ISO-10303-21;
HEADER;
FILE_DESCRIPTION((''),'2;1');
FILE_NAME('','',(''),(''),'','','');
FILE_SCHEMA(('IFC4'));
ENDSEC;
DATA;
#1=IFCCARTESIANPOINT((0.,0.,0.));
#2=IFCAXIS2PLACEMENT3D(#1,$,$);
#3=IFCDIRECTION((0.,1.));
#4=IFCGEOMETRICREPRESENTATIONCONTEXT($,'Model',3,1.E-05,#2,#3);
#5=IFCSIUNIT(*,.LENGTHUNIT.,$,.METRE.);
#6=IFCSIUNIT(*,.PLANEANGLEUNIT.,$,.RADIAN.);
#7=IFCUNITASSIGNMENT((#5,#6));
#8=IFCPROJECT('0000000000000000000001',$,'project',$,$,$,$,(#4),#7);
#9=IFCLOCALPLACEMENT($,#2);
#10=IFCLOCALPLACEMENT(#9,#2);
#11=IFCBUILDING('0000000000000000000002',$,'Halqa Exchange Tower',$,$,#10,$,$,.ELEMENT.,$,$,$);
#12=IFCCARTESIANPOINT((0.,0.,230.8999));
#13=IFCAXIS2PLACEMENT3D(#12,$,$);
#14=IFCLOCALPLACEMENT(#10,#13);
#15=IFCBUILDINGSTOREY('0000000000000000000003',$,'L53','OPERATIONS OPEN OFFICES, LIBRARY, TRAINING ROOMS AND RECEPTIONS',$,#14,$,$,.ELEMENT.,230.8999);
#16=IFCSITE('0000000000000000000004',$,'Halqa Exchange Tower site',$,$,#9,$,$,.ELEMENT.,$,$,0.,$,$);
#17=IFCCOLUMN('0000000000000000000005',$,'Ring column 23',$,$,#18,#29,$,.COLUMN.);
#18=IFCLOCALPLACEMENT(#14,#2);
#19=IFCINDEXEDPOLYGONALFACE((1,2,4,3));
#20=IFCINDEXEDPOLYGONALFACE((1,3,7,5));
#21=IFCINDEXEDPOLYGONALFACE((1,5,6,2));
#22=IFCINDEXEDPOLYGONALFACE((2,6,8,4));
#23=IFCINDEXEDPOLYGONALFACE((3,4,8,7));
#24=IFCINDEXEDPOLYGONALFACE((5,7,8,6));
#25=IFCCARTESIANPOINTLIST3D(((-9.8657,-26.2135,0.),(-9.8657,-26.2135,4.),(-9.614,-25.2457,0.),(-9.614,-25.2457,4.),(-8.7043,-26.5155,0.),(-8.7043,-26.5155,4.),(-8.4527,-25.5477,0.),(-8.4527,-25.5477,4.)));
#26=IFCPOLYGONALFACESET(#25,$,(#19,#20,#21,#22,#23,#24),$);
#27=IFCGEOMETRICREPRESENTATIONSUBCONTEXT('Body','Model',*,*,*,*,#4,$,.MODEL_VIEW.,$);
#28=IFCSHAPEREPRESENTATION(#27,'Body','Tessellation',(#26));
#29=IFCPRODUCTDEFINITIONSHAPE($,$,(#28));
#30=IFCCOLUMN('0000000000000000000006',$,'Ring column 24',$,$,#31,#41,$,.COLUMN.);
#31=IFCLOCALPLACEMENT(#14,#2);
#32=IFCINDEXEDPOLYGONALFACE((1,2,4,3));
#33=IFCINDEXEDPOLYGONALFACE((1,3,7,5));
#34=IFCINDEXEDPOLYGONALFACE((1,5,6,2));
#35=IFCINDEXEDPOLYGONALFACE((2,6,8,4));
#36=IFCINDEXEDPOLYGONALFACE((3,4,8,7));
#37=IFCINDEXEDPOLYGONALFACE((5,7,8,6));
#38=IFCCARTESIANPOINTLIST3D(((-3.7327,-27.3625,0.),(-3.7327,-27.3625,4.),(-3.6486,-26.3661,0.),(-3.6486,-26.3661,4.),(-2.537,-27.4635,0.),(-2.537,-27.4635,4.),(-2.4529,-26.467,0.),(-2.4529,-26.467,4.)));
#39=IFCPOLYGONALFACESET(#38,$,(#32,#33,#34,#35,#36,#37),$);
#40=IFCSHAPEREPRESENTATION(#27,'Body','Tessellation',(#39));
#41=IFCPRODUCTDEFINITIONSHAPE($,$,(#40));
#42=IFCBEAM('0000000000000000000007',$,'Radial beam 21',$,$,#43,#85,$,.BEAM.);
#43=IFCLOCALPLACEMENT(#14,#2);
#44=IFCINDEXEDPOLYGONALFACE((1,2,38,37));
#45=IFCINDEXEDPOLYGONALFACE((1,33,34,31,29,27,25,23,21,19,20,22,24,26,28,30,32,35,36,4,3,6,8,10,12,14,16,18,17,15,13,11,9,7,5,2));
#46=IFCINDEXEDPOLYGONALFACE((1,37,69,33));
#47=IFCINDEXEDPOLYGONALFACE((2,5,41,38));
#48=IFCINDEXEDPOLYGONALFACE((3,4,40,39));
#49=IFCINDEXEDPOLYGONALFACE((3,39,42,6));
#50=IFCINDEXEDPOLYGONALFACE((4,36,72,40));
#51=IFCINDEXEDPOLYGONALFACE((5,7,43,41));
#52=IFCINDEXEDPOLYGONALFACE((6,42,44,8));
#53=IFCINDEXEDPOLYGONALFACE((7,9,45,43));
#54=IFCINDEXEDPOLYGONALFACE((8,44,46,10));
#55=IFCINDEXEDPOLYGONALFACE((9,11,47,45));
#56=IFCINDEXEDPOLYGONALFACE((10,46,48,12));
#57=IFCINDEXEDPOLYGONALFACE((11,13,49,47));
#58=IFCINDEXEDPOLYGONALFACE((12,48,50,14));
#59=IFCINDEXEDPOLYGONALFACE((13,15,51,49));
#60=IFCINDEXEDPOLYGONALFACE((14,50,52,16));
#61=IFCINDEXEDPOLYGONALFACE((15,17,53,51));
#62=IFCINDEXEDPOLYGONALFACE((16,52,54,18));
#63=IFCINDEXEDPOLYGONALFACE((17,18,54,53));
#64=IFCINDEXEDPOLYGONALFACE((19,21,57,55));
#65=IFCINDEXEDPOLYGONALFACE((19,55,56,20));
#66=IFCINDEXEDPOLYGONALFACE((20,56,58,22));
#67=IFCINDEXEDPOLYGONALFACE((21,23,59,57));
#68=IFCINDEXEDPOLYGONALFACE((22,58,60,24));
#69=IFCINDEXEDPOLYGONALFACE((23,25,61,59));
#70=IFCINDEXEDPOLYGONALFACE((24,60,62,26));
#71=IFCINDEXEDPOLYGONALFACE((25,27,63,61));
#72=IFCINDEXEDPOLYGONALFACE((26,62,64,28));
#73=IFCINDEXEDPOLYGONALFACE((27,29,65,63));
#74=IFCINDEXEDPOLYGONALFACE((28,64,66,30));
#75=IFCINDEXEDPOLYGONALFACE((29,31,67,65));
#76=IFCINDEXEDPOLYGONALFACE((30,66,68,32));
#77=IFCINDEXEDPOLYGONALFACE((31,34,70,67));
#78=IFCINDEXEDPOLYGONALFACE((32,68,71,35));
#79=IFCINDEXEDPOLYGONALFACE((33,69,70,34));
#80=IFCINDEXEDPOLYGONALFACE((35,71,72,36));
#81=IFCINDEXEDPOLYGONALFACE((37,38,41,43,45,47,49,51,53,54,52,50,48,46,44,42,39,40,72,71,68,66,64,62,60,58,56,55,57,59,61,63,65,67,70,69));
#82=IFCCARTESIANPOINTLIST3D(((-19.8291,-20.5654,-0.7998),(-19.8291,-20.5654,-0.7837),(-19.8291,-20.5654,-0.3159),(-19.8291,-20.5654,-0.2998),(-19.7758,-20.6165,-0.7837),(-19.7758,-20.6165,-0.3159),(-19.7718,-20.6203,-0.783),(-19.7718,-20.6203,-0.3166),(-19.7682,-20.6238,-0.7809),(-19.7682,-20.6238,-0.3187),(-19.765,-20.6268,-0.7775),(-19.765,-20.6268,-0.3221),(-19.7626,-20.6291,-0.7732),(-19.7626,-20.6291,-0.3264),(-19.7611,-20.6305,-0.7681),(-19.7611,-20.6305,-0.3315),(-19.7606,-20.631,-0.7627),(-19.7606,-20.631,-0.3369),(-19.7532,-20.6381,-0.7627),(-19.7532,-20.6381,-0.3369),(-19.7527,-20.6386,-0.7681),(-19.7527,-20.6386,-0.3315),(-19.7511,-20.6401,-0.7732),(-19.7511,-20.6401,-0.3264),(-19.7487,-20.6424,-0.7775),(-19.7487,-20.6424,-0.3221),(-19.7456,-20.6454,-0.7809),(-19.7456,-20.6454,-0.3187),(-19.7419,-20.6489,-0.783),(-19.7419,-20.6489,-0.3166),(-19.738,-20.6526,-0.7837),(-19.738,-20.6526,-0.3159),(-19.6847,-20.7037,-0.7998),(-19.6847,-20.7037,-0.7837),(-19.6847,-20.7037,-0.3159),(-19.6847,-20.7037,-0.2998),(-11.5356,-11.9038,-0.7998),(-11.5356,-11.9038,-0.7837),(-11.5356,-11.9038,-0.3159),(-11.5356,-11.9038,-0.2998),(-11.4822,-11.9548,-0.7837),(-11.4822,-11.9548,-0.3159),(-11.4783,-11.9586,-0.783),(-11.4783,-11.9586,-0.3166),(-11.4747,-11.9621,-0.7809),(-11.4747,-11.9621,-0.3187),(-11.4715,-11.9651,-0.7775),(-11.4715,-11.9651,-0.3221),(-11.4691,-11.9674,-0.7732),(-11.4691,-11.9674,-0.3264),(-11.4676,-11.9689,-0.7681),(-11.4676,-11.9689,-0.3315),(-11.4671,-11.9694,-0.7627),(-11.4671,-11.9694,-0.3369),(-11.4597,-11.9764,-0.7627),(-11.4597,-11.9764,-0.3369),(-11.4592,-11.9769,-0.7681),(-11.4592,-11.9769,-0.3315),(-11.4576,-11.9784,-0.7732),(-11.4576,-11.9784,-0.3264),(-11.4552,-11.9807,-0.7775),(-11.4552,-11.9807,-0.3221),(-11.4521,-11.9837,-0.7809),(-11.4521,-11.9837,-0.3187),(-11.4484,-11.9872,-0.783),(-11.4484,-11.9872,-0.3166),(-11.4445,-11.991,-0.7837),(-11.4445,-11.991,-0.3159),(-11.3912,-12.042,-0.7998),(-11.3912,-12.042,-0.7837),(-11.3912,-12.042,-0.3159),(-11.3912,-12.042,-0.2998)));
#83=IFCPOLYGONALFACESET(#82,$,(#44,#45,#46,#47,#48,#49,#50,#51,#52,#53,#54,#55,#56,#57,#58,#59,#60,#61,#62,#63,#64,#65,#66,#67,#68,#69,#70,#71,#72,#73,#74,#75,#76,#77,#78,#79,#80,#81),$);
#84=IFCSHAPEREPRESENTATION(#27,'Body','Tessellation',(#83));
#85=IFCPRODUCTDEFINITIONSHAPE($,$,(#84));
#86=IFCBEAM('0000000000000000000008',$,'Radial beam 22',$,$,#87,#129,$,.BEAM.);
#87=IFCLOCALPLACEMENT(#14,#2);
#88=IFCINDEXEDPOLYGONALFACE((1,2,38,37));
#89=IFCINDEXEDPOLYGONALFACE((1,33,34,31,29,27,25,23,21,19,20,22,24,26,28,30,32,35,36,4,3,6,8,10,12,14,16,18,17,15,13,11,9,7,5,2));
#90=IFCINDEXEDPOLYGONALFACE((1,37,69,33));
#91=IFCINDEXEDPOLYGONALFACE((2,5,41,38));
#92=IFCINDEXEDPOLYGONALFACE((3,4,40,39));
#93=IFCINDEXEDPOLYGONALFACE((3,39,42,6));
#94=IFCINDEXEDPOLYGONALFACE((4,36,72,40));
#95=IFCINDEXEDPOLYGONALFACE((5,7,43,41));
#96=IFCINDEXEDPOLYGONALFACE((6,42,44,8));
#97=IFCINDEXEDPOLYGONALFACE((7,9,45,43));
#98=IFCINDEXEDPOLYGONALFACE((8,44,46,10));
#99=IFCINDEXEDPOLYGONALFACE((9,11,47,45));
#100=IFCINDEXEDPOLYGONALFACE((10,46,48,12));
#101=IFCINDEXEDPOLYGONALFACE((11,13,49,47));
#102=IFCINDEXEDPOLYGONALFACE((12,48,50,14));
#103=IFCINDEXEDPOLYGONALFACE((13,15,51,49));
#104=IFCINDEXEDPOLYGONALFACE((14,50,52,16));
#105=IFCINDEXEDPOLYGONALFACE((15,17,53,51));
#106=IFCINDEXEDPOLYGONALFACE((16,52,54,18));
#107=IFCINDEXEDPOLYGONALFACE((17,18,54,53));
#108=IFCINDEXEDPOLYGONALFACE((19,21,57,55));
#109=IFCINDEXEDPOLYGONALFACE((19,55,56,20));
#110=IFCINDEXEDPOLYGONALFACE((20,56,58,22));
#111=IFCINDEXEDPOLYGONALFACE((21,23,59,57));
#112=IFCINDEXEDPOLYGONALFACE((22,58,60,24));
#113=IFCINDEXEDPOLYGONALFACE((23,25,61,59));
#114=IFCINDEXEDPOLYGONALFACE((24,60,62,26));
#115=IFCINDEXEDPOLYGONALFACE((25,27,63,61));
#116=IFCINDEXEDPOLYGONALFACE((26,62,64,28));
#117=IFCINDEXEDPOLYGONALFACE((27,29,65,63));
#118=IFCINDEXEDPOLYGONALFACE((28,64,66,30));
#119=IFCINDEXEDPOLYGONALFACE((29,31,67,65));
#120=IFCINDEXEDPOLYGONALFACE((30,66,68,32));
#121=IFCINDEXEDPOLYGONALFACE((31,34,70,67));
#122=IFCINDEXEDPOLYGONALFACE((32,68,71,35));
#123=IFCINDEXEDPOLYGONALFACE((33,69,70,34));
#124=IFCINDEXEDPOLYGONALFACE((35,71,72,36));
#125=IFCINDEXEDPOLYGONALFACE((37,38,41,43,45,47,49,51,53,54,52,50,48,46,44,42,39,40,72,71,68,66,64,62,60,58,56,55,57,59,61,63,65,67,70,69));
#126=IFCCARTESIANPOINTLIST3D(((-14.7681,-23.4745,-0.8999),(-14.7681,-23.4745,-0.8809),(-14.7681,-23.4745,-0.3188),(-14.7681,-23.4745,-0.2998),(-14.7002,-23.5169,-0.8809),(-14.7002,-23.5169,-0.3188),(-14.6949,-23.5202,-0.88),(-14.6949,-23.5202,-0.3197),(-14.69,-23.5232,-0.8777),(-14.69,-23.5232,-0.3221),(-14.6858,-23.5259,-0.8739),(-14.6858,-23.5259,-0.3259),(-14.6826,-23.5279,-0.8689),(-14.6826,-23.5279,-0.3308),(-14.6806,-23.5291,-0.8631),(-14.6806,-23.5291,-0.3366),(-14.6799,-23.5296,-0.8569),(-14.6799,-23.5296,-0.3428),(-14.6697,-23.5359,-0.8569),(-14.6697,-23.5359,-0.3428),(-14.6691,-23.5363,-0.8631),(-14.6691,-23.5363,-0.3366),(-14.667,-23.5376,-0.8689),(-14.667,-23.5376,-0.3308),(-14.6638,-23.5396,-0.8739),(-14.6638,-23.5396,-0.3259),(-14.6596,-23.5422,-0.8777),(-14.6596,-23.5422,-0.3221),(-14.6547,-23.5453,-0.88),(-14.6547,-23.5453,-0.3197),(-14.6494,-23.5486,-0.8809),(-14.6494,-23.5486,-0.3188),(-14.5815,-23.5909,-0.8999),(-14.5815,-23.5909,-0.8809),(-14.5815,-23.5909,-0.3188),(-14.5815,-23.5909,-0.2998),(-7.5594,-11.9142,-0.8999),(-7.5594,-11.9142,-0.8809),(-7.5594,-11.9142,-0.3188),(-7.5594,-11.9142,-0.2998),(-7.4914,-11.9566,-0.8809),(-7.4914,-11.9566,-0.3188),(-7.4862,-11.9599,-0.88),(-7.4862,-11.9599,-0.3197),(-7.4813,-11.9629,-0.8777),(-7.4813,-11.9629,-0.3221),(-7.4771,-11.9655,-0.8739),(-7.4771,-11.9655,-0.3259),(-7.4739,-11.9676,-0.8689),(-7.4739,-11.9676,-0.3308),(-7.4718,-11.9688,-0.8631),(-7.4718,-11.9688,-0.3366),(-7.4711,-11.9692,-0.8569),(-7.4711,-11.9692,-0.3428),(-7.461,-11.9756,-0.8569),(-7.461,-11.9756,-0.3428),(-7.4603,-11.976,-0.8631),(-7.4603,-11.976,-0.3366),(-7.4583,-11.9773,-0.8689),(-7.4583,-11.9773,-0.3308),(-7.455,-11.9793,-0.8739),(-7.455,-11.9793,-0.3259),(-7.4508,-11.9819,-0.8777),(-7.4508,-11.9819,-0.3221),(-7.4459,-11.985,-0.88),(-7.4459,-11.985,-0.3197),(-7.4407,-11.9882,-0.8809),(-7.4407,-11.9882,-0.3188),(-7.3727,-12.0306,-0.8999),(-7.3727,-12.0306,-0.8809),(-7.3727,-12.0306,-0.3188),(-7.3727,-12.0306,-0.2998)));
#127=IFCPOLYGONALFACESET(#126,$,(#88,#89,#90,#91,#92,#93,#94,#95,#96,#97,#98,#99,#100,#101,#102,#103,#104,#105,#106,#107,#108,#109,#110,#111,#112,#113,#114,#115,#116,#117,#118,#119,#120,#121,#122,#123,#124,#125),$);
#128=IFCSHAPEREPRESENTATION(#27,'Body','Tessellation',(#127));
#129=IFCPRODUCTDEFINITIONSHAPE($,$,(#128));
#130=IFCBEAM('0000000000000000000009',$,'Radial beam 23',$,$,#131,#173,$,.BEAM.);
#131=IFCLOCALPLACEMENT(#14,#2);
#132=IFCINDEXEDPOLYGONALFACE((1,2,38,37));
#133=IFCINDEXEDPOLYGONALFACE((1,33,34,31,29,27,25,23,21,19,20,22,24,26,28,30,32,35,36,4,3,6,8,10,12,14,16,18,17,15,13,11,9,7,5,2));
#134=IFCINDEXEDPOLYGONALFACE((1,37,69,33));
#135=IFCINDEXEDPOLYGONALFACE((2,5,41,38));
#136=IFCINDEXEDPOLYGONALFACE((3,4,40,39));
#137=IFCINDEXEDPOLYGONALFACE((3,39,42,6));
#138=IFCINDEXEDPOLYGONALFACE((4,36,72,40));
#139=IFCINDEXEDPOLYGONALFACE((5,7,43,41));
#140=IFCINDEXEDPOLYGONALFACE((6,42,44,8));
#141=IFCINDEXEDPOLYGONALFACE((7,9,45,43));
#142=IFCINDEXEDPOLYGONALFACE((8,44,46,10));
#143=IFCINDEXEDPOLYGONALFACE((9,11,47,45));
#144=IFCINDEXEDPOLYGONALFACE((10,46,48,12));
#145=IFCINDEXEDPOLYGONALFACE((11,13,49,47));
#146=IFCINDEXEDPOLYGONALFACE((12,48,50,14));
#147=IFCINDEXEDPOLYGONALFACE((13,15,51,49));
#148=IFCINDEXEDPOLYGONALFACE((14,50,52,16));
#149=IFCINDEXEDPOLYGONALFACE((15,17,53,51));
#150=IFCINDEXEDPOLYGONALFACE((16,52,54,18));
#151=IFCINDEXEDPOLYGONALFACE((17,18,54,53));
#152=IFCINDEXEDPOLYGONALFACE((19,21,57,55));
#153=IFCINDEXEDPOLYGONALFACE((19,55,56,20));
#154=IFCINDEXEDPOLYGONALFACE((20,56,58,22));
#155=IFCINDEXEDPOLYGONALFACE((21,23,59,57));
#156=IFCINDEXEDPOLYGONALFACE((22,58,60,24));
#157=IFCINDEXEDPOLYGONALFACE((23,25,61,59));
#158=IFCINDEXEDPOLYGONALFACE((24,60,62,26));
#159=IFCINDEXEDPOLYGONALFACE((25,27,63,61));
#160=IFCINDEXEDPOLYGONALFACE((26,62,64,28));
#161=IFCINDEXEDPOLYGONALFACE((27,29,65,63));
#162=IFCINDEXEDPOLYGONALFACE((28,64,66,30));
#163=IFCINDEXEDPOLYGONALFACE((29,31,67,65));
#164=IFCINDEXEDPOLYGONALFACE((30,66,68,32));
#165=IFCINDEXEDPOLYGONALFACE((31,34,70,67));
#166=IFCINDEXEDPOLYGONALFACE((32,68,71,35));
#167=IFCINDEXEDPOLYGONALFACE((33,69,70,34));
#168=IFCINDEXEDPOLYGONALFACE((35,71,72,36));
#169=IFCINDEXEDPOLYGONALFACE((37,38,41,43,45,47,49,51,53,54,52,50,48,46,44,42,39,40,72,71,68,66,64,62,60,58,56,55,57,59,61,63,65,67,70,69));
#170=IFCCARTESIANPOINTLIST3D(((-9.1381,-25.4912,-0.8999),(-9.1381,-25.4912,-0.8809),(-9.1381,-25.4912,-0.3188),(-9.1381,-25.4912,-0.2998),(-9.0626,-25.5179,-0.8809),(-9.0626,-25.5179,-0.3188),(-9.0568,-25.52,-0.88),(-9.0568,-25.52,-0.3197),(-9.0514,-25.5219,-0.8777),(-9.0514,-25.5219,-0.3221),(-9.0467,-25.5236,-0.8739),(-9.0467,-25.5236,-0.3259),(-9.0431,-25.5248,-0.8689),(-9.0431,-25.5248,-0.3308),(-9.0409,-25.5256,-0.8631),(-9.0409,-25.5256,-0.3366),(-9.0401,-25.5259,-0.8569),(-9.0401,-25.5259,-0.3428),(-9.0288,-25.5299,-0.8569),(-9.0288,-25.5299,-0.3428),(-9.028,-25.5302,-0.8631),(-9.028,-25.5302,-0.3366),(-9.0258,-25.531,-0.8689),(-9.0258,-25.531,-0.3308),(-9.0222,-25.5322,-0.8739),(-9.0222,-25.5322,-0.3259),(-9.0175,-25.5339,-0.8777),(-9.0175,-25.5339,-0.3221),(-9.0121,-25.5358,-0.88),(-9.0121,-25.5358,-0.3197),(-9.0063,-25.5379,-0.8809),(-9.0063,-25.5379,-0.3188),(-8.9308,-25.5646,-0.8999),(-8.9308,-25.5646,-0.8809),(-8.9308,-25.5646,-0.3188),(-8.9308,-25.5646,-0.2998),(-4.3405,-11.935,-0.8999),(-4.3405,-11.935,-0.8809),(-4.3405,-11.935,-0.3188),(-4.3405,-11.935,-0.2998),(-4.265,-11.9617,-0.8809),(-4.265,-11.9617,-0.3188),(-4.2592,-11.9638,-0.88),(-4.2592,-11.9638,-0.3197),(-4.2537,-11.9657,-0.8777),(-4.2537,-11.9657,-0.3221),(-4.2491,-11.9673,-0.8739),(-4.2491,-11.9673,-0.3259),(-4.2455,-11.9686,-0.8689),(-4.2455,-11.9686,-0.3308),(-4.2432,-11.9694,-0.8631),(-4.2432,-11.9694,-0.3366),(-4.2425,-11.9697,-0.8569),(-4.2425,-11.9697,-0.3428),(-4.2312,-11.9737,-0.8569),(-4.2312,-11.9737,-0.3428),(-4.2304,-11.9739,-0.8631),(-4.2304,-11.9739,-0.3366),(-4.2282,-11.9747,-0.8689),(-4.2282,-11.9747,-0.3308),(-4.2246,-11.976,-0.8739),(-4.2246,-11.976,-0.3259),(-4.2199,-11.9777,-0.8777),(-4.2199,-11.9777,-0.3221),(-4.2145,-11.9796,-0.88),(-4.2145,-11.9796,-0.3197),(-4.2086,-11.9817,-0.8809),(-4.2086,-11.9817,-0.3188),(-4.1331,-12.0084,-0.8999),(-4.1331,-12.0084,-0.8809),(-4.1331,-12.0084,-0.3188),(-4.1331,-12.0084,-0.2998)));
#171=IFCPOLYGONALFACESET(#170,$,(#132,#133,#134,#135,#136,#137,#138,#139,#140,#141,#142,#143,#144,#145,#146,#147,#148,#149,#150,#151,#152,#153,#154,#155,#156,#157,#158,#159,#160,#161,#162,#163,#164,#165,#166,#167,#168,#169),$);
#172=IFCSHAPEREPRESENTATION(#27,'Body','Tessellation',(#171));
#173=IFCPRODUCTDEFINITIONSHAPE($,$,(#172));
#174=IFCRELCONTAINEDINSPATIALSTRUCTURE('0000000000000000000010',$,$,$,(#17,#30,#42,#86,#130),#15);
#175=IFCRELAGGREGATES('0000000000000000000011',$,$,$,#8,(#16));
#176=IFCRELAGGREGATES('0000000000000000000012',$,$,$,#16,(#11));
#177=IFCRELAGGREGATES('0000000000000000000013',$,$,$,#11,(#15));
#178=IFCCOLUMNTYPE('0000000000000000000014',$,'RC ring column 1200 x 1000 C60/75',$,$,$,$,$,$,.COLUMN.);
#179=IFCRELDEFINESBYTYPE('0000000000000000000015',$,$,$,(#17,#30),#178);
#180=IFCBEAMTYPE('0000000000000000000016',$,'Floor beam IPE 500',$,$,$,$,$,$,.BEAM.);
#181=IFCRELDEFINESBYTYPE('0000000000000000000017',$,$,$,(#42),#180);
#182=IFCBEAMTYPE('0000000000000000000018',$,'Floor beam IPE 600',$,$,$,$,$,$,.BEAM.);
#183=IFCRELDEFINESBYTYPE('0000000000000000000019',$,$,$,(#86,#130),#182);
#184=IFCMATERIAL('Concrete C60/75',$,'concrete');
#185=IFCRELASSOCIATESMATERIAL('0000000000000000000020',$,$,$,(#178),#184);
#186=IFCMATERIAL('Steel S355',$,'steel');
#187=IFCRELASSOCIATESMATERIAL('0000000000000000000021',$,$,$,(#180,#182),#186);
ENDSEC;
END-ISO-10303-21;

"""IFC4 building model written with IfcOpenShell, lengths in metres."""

from ifc_helpers import new_model, si_unit, direction, frame, origin, origin_2d, place, context, subcontext, project, spatial, rectangle, i_section, extrude, material, material_profile, profile_set, type_object, element, save


model = new_model("IFC4")

# Units and contexts
model_context = context("Model", 3, precision=1e-05, world=origin(), true_north=direction((0.0, 1.0)))
body_context = subcontext(model_context, "Body", "Model", "MODEL_VIEW")
ifc_project = project(units=[si_unit("LENGTHUNIT", "METRE"), si_unit("PLANEANGLEUNIT", "RADIAN")], contexts=[model_context])

# Site, building, storey
site_placement = place(None, origin())
site = spatial("IfcSite", under=ifc_project, at=site_placement, Name="Halqa Exchange Tower site", CompositionType="ELEMENT", RefElevation=0.0)
building_placement = place(site_placement, origin())
building = spatial("IfcBuilding", under=site, at=building_placement, Name="Halqa Exchange Tower", CompositionType="ELEMENT")
storey_placement = place(building_placement, frame((0.0, 0.0, 230.8999)))
storey = spatial("IfcBuildingStorey", under=building, at=storey_placement, Name="L53", Description="OPERATIONS OPEN OFFICES, LIBRARY, TRAINING ROOMS AND RECEPTIONS", CompositionType="ELEMENT", Elevation=230.8999)

# Columns
ifc_material_1 = material(Name="Concrete C60/75", Category="concrete")
ifc_material_profile_1 = material_profile(ifc_material_1, rectangle(XDim=1.2, YDim=1.0, at=origin_2d()), Name="1200 x 1000")
ifc_profile_set_1 = profile_set([ifc_material_profile_1], Name="Concrete C60/75")
column_type = type_object("IfcColumnType", Name="RC ring column 1200 x 1000 C60/75", PredefinedType="COLUMN", material=ifc_profile_set_1)
for number, where, z_axis, x_axis, name in (
    (1, (-9.1592, -25.8806, 0.0), (0.0, 0.0, 1.0), (0.967818, -0.25165, 0.0), "Ring column 23"),
    (2, (-3.0928, -26.9148, 0.0), (0.0, 0.0, 1.0), (0.996455, -0.084128, 0.0), "Ring column 24"),
):
    element("IfcColumn", number, at=place(storey_placement, frame(where, z_axis=z_axis, x_axis=x_axis)), inside=storey, type_object=column_type, Name=name, PredefinedType="COLUMN", context=body_context, shape_type="SweptSolid", body=[
        extrude(rectangle(XDim=1.2, YDim=1.0, at=origin_2d()), origin(), (0.0, 0.0, 1.0), 4.0),
    ])

# Beams
ifc_material_2 = material(Name="Steel S355", Category="steel")
ifc_material_profile_2 = material_profile(ifc_material_2, i_section(OverallWidth=0.2, OverallDepth=0.5, WebThickness=0.0103, FlangeThickness=0.0161, FilletRadius=0.021, at=origin_2d()), Name="IPE 500")
ifc_profile_set_2 = profile_set([ifc_material_profile_2], Name="Steel S355")
beam_type_1 = type_object("IfcBeamType", Name="Floor beam IPE 500", PredefinedType="BEAM", material=ifc_profile_set_2)
beam_1_placement = place(storey_placement, frame((-11.4634, -11.9729, -0.5498), z_axis=(-0.69159, -0.722291, 0.0), x_axis=(0.722291, -0.69159, 0.0)))
element("IfcBeam", 3, at=beam_1_placement, inside=storey, type_object=beam_type_1, Name="Radial beam 21", PredefinedType="BEAM", context=body_context, shape_type="SweptSolid", body=[
    extrude(i_section(OverallWidth=0.2, OverallDepth=0.5, WebThickness=0.0103, FlangeThickness=0.0161, FilletRadius=0.021, at=origin_2d()), origin(), (0.0, 0.0, 1.0), 11.9919),
])
ifc_material_profile_3 = material_profile(ifc_material_2, i_section(OverallWidth=0.22, OverallDepth=0.6001, WebThickness=0.012, FlangeThickness=0.019, FilletRadius=0.0239, at=origin_2d()), Name="IPE 600")
ifc_profile_set_3 = profile_set([ifc_material_profile_3], Name="Steel S355")
beam_type_2 = type_object("IfcBeamType", Name="Floor beam IPE 600", PredefinedType="BEAM", material=ifc_profile_set_3)
beam_2_placement = place(storey_placement, frame((-7.4661, -11.9724, -0.5999), z_axis=(-0.52913, -0.848541, 0.0), x_axis=(0.848541, -0.52913, 0.0)))
element("IfcBeam", 4, at=beam_2_placement, inside=storey, type_object=beam_type_2, Name="Radial beam 22", PredefinedType="BEAM", context=body_context, shape_type="SweptSolid", body=[
    extrude(i_section(OverallWidth=0.22, OverallDepth=0.6001, WebThickness=0.012, FlangeThickness=0.019, FilletRadius=0.0239, at=origin_2d()), origin(), (0.0, 0.0, 1.0), 13.6238),
])
beam_3_placement = place(storey_placement, frame((-4.2368, -11.9717, -0.5999), z_axis=(-0.333629, -0.942704, 0.0), x_axis=(0.942704, -0.333629, 0.0)))
element("IfcBeam", 5, at=beam_3_placement, inside=storey, type_object=beam_type_2, Name="Radial beam 23", PredefinedType="BEAM", context=body_context, shape_type="SweptSolid", body=[
    extrude(i_section(OverallWidth=0.22, OverallDepth=0.6001, WebThickness=0.012, FlangeThickness=0.019, FilletRadius=0.0239, at=origin_2d()), origin(), (0.0, 0.0, 1.0), 14.3801),
])

save(model, "model.ifc")
